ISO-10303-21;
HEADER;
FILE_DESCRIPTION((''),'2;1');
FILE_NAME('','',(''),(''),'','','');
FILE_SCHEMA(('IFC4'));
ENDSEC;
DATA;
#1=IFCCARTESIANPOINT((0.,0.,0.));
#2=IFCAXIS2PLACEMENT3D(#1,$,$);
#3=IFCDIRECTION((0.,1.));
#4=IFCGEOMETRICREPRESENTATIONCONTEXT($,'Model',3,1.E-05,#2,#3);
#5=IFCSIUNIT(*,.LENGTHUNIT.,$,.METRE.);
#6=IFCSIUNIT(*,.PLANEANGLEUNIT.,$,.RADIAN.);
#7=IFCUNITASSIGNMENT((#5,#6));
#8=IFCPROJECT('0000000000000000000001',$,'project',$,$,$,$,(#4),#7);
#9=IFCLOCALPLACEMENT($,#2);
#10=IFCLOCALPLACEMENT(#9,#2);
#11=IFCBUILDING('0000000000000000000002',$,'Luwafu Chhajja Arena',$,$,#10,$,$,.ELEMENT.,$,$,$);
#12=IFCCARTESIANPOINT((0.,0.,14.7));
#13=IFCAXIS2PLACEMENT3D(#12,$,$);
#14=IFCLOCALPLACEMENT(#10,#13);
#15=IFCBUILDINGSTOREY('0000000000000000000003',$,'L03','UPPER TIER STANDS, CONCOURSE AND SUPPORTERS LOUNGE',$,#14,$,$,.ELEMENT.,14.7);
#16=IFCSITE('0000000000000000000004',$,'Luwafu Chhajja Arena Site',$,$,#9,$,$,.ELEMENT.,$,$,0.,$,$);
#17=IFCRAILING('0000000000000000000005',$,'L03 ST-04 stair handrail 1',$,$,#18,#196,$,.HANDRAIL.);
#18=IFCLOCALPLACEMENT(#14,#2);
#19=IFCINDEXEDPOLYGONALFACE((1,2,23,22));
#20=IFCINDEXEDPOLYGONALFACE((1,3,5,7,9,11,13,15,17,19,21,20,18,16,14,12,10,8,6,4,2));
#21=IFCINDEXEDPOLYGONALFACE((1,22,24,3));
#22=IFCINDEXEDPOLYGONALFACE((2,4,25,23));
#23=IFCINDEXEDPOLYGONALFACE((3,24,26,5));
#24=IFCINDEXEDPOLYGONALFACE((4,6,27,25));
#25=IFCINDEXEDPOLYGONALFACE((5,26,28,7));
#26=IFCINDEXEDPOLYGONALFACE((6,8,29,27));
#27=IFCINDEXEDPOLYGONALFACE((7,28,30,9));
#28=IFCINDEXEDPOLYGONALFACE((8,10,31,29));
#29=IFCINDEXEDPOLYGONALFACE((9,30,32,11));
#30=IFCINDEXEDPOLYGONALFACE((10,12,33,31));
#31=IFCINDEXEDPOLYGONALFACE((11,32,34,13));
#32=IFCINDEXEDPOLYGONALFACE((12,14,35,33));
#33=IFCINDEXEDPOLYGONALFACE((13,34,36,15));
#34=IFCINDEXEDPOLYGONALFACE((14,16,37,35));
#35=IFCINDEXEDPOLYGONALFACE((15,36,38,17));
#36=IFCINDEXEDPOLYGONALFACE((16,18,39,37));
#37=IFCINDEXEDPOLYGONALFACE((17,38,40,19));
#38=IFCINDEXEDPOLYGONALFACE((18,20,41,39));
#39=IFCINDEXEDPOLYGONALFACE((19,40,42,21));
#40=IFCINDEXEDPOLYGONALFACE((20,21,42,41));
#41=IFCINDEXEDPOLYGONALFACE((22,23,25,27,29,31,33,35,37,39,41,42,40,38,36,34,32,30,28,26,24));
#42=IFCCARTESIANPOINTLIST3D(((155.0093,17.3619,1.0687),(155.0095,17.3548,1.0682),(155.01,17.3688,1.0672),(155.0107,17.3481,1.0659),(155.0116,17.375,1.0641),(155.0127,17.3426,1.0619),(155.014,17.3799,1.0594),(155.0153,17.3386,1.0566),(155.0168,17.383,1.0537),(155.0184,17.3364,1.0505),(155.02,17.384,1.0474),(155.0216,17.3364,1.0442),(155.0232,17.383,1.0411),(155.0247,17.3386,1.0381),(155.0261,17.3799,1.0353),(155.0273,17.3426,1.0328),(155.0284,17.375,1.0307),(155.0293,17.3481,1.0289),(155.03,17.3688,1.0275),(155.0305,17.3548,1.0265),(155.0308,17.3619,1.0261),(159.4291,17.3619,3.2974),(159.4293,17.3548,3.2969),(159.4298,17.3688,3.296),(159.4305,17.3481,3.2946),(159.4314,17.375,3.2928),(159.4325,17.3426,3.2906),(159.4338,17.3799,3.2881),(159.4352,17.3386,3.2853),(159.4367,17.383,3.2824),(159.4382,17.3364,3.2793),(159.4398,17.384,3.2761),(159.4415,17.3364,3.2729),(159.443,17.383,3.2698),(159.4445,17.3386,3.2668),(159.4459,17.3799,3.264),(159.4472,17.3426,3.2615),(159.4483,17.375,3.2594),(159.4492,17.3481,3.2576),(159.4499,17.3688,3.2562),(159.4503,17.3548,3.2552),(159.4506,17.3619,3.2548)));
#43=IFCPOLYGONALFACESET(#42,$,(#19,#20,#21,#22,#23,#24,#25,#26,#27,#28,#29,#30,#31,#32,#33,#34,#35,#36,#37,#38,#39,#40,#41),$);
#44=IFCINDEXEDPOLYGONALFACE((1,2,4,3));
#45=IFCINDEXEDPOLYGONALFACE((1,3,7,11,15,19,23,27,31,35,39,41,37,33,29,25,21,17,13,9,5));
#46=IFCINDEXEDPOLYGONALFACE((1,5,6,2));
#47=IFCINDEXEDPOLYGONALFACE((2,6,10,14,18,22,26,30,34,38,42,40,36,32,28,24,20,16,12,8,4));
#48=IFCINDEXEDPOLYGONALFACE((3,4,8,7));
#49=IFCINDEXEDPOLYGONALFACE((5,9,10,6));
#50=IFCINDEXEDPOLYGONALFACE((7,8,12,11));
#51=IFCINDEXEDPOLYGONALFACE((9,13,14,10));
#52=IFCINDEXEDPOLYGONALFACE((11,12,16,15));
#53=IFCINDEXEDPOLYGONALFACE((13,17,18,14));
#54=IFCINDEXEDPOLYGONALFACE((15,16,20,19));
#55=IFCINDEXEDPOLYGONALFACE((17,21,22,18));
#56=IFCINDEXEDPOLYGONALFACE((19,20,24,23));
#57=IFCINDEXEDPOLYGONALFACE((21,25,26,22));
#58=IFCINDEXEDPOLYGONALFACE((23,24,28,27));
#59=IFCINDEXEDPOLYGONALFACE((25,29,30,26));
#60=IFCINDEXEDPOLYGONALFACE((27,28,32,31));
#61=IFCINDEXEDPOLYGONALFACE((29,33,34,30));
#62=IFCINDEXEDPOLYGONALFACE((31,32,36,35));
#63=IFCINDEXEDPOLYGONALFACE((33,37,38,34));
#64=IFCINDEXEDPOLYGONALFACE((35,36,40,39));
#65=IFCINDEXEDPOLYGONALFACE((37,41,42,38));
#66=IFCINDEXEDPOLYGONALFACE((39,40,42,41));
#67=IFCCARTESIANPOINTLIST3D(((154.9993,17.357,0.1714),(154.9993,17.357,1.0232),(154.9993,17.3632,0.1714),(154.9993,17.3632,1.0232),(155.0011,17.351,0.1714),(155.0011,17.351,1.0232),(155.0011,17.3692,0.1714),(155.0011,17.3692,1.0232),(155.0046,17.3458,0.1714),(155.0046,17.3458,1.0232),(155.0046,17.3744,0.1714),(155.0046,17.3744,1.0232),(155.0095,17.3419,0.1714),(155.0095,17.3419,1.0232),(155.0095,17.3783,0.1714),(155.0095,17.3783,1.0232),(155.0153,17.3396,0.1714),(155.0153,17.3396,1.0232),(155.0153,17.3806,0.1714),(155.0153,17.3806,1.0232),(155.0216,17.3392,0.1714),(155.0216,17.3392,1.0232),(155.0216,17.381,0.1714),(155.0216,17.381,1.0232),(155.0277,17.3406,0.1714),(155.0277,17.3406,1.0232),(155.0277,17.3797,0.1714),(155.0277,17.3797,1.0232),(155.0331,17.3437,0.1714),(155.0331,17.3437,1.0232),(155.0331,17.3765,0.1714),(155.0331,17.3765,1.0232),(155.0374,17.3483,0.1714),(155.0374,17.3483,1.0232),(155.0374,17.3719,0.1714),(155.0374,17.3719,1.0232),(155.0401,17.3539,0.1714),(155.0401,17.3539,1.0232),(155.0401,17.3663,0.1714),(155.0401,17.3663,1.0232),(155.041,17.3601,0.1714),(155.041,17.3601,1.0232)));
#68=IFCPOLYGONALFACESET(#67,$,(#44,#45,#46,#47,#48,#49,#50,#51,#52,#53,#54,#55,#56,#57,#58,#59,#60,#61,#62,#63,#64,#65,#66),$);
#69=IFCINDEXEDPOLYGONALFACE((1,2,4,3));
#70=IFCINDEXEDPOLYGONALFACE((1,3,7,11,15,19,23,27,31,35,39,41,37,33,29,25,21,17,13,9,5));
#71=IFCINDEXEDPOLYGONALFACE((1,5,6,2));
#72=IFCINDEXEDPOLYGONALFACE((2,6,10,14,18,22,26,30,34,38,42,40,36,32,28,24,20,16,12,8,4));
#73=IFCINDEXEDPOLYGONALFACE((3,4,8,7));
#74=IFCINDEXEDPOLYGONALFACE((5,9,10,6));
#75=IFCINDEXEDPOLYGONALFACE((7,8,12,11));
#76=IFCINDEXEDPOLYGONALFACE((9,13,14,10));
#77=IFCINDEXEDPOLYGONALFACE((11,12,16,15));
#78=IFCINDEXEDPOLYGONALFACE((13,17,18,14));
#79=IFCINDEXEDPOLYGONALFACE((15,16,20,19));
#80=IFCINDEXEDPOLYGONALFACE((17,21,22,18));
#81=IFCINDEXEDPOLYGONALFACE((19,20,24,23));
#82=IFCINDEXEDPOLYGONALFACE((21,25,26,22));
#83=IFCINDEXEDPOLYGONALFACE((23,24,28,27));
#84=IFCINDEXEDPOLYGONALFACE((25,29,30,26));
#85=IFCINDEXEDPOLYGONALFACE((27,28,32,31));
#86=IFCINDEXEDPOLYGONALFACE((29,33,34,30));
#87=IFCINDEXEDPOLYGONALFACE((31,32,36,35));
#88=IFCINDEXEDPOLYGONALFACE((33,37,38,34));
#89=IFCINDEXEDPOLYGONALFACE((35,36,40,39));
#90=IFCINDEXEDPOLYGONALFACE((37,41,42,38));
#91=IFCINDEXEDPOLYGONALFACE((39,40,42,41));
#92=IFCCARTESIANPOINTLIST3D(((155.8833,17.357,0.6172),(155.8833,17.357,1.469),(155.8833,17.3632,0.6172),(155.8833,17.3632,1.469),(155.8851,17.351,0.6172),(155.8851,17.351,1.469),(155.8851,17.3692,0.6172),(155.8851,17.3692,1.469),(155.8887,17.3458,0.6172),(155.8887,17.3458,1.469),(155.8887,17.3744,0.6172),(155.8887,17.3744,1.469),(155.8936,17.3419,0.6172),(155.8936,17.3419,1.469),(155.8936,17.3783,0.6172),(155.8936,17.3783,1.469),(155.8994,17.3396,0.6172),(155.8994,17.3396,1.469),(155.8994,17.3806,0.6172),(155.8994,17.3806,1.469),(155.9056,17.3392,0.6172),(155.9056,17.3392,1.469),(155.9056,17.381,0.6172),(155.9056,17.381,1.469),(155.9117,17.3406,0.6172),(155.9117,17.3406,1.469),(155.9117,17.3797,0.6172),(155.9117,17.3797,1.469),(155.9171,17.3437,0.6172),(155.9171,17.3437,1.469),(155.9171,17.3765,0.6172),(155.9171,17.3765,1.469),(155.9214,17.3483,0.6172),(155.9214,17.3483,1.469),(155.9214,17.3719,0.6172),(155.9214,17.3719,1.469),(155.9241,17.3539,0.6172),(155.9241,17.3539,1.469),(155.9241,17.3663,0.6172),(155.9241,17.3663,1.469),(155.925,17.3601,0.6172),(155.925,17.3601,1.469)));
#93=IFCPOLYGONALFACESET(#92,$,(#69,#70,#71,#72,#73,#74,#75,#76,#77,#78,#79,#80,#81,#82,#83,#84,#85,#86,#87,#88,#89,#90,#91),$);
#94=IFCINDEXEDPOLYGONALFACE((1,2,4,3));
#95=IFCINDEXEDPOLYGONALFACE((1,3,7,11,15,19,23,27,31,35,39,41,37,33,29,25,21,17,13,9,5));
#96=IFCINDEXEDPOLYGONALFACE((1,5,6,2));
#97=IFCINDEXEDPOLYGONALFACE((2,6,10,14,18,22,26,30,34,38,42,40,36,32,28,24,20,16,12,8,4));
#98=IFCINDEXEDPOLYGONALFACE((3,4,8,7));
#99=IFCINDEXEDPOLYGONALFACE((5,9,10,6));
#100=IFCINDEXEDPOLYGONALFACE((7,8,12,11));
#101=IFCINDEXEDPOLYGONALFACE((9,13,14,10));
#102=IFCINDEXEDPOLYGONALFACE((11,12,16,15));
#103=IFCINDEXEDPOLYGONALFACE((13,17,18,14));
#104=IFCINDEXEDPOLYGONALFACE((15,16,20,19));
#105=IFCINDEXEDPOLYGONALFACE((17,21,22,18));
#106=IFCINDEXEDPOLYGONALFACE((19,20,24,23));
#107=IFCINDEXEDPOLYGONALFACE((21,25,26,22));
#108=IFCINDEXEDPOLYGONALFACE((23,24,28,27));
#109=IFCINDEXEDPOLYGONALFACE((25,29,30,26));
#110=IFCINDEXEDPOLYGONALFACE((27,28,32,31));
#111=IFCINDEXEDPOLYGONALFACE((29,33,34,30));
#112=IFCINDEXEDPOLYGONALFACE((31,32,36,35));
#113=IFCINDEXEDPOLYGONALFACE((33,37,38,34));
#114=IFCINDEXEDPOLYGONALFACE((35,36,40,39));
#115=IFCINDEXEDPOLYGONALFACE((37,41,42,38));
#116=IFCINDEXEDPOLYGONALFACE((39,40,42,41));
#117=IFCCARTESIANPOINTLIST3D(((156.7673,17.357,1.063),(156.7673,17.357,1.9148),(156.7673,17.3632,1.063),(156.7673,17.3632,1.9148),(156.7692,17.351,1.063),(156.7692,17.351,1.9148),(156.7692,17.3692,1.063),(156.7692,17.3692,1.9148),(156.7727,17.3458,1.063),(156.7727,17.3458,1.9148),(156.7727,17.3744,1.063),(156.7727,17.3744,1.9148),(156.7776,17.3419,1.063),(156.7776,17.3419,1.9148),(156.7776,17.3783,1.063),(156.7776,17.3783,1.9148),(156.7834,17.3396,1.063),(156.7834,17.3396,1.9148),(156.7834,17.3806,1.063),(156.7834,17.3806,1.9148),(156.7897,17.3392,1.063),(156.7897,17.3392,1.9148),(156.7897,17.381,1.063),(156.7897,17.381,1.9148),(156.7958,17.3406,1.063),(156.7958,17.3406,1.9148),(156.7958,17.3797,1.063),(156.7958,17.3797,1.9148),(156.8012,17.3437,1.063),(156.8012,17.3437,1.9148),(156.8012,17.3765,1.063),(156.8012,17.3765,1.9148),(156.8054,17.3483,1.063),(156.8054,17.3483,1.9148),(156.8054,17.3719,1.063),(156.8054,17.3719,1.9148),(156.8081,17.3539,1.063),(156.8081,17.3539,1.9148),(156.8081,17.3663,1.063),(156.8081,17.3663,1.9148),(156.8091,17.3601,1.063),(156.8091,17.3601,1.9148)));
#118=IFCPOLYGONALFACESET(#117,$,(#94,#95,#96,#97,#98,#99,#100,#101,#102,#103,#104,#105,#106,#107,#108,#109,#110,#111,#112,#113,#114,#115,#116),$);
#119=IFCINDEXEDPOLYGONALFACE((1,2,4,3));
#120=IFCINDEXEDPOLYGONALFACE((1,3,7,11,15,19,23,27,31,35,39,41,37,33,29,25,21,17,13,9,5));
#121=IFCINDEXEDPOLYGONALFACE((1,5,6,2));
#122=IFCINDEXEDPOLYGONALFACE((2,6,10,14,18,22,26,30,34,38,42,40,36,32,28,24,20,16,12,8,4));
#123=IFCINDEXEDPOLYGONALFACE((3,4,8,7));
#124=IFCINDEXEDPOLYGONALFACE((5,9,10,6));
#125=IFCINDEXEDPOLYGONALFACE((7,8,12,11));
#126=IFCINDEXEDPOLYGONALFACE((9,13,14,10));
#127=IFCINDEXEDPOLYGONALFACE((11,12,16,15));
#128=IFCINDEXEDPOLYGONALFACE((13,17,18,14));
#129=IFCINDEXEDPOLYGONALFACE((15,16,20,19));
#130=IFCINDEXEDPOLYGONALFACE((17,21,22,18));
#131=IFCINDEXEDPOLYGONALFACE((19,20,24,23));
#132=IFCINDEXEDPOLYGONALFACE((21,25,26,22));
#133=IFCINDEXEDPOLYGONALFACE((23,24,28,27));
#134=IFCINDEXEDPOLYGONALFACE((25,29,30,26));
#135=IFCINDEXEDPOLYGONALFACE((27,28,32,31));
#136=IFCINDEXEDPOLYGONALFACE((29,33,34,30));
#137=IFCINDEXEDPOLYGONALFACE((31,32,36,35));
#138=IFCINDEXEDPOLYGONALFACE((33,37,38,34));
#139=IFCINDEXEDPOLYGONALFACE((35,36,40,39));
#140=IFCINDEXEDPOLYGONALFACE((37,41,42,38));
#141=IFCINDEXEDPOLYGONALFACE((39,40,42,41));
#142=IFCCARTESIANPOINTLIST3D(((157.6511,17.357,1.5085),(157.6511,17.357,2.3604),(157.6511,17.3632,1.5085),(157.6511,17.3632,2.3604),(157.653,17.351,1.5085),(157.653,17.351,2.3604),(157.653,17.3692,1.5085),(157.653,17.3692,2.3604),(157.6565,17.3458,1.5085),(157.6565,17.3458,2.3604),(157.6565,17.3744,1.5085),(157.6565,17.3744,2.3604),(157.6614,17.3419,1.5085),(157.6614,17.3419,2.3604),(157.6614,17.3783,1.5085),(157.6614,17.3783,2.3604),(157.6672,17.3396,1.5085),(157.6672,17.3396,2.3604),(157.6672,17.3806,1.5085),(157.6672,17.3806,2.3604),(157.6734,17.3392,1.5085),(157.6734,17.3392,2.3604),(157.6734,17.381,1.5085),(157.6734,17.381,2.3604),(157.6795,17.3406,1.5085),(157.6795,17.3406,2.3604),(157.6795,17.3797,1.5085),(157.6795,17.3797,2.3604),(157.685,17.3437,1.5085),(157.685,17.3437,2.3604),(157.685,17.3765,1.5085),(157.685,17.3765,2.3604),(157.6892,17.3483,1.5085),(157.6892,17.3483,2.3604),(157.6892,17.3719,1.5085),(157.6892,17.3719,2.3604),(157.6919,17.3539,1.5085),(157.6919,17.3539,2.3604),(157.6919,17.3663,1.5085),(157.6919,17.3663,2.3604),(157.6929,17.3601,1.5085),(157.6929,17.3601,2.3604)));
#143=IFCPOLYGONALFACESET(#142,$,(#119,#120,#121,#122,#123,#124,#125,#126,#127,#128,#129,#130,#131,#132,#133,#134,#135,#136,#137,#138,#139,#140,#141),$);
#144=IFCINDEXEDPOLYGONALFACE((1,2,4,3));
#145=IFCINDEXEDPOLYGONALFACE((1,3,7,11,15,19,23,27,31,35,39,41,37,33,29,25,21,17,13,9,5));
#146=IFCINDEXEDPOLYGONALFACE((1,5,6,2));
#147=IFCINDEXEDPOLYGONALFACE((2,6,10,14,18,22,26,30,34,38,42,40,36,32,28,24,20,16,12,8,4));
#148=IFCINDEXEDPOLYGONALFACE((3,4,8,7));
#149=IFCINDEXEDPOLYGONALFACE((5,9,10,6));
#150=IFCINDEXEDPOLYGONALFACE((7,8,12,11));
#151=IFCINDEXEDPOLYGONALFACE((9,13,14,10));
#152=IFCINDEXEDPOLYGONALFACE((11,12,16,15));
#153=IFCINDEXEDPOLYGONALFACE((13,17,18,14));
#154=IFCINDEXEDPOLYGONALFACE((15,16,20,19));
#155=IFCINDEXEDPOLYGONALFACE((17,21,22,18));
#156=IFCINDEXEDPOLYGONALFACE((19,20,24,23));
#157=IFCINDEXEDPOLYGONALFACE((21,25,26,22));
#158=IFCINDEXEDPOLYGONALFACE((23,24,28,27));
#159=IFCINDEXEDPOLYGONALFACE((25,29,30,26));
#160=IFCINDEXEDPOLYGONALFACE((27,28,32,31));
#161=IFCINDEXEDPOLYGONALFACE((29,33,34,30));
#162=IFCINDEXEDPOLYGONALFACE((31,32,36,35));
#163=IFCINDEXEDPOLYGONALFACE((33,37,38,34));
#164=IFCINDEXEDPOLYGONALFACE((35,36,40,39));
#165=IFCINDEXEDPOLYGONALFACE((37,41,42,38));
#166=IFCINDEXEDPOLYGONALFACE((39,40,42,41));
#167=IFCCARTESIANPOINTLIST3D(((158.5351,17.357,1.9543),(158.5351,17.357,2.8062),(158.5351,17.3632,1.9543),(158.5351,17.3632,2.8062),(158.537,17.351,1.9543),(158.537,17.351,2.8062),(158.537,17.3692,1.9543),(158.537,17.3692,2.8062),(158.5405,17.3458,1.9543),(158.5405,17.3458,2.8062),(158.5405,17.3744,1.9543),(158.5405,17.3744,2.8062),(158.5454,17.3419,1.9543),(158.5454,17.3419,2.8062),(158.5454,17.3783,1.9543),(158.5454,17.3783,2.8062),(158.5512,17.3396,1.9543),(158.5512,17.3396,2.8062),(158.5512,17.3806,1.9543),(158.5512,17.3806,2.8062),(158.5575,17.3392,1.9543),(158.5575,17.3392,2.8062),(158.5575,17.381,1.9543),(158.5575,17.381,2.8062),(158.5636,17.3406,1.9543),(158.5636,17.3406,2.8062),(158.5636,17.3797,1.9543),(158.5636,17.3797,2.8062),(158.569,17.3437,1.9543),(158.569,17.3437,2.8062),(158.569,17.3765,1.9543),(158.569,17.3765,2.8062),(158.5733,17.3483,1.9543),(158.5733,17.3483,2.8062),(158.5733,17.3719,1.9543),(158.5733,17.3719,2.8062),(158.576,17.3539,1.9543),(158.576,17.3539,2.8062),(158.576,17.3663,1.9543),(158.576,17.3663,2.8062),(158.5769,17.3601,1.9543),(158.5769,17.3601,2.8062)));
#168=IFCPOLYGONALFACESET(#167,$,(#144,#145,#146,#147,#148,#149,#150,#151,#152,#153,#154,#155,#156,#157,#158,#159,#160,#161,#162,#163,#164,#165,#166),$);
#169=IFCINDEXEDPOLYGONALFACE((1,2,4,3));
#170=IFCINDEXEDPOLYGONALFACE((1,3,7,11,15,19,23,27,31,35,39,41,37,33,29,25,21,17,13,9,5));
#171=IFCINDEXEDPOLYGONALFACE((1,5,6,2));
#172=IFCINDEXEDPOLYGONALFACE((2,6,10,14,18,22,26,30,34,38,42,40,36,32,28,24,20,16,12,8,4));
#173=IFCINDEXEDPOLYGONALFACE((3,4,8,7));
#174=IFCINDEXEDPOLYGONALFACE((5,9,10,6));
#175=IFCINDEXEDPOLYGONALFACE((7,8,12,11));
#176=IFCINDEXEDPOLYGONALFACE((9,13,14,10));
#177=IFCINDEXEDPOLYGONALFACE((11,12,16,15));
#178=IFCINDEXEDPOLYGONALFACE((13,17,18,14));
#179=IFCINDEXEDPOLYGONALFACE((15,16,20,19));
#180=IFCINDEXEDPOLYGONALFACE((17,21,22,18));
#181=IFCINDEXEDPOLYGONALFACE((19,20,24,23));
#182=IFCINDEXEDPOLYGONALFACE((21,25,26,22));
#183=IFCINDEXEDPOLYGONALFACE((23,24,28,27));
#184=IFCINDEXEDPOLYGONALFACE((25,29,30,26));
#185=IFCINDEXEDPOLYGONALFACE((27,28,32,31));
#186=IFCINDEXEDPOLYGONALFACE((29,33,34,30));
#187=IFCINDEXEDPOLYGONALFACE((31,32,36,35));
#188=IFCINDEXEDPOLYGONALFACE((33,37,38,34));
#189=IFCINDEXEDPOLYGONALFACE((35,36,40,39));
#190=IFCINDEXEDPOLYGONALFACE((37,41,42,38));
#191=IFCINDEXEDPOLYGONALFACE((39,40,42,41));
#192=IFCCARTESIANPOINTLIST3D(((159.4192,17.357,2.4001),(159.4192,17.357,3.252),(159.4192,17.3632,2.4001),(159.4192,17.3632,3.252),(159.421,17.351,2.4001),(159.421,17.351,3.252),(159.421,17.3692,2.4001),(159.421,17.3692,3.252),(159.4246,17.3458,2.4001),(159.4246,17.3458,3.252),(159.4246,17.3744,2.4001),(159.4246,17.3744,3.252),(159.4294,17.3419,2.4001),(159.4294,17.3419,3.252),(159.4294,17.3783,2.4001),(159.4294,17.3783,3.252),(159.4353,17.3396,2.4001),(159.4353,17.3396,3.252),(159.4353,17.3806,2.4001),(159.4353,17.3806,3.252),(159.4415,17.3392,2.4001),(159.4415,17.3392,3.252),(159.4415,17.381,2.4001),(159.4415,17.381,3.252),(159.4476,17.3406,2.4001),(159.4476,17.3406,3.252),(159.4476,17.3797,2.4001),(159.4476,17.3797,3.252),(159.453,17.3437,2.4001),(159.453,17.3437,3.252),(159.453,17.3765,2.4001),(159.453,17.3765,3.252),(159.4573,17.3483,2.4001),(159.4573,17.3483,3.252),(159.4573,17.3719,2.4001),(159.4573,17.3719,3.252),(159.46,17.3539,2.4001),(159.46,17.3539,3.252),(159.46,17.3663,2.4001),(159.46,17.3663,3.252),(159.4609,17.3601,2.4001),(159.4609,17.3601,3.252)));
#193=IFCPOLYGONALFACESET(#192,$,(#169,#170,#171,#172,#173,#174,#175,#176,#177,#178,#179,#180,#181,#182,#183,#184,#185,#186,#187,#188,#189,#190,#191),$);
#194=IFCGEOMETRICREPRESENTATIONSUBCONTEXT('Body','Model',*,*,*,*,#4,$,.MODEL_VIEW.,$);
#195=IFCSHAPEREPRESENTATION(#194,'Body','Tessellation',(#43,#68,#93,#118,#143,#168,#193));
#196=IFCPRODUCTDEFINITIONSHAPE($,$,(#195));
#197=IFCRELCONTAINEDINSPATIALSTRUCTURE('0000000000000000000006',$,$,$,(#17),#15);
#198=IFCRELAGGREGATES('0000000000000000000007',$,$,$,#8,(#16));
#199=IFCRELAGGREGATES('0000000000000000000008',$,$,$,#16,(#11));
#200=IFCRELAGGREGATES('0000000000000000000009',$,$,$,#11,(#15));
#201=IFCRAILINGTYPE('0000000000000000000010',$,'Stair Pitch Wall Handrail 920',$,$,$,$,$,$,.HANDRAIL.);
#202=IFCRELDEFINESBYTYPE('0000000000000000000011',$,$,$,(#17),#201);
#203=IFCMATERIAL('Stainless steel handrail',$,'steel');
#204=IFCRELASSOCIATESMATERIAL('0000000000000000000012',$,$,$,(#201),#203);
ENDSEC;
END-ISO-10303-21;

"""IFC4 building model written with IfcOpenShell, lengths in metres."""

from ifc_helpers import new_model, si_unit, direction, frame, origin, origin_2d, place, context, subcontext, project, spatial, circle, extrude, material, type_object, element, save


model = new_model("IFC4")

# Units and contexts
model_context = context("Model", 3, precision=1e-05, world=origin(), true_north=direction((0.0, 1.0)))
body_context = subcontext(model_context, "Body", "Model", "MODEL_VIEW")
ifc_project = project(units=[si_unit("LENGTHUNIT", "METRE"), si_unit("PLANEANGLEUNIT", "RADIAN")], contexts=[model_context])

# Site, building, storey
site_placement = place(None, origin())
site = spatial("IfcSite", under=ifc_project, at=site_placement, Name="Luwafu Chhajja Arena Site", CompositionType="ELEMENT", RefElevation=0.0)
building_placement = place(site_placement, origin())
building = spatial("IfcBuilding", under=site, at=building_placement, Name="Luwafu Chhajja Arena", CompositionType="ELEMENT")
storey_placement = place(building_placement, frame((0.0, 0.0, 14.7)))
storey = spatial("IfcBuildingStorey", under=building, at=storey_placement, Name="L03", Description="UPPER TIER STANDS, CONCOURSE AND SUPPORTERS LOUNGE", CompositionType="ELEMENT", Elevation=14.7)

# Railing
ifc_material_1 = material(Name="Stainless steel handrail", Category="steel")
railing_type_1 = type_object("IfcRailingType", Name="Stair Pitch Wall Handrail 920", PredefinedType="HANDRAIL", material=ifc_material_1)
railing_1_placement = place(storey_placement, frame((155.02, 17.3601, 0.1714)))
element("IfcRailing", 1, at=railing_1_placement, inside=storey, type_object=railing_type_1, Name="L03 ST-04 stair handrail 1", PredefinedType="HANDRAIL", context=body_context, shape_type="SweptSolid", body=[
    extrude(circle(Radius=0.0239, at=origin_2d()), frame((0.0, 0.0, 0.876), z_axis=(0.892903, 0.0, 0.450249), x_axis=(0.0, 1.0, 0.0)), (0.0, 0.0, 1.0), 4.95),
    extrude(circle(Radius=0.021, at=origin_2d()), origin(), (0.0, 0.0, 1.0), 0.8518),
    extrude(circle(Radius=0.021, at=origin_2d()), frame((0.884, 0.0, 0.4458)), (0.0, 0.0, 1.0), 0.8518),
    extrude(circle(Radius=0.021, at=origin_2d()), frame((1.7681, 0.0, 0.8916)), (0.0, 0.0, 1.0), 0.8518),
    extrude(circle(Radius=0.021, at=origin_2d()), frame((2.6519, 0.0, 1.3372)), (0.0, 0.0, 1.0), 0.8518),
    extrude(circle(Radius=0.021, at=origin_2d()), frame((3.5359, 0.0, 1.783)), (0.0, 0.0, 1.0), 0.8518),
    extrude(circle(Radius=0.021, at=origin_2d()), frame((4.4199, 0.0, 2.2288)), (0.0, 0.0, 1.0), 0.8518),
])

save(model, "model.ifc")
